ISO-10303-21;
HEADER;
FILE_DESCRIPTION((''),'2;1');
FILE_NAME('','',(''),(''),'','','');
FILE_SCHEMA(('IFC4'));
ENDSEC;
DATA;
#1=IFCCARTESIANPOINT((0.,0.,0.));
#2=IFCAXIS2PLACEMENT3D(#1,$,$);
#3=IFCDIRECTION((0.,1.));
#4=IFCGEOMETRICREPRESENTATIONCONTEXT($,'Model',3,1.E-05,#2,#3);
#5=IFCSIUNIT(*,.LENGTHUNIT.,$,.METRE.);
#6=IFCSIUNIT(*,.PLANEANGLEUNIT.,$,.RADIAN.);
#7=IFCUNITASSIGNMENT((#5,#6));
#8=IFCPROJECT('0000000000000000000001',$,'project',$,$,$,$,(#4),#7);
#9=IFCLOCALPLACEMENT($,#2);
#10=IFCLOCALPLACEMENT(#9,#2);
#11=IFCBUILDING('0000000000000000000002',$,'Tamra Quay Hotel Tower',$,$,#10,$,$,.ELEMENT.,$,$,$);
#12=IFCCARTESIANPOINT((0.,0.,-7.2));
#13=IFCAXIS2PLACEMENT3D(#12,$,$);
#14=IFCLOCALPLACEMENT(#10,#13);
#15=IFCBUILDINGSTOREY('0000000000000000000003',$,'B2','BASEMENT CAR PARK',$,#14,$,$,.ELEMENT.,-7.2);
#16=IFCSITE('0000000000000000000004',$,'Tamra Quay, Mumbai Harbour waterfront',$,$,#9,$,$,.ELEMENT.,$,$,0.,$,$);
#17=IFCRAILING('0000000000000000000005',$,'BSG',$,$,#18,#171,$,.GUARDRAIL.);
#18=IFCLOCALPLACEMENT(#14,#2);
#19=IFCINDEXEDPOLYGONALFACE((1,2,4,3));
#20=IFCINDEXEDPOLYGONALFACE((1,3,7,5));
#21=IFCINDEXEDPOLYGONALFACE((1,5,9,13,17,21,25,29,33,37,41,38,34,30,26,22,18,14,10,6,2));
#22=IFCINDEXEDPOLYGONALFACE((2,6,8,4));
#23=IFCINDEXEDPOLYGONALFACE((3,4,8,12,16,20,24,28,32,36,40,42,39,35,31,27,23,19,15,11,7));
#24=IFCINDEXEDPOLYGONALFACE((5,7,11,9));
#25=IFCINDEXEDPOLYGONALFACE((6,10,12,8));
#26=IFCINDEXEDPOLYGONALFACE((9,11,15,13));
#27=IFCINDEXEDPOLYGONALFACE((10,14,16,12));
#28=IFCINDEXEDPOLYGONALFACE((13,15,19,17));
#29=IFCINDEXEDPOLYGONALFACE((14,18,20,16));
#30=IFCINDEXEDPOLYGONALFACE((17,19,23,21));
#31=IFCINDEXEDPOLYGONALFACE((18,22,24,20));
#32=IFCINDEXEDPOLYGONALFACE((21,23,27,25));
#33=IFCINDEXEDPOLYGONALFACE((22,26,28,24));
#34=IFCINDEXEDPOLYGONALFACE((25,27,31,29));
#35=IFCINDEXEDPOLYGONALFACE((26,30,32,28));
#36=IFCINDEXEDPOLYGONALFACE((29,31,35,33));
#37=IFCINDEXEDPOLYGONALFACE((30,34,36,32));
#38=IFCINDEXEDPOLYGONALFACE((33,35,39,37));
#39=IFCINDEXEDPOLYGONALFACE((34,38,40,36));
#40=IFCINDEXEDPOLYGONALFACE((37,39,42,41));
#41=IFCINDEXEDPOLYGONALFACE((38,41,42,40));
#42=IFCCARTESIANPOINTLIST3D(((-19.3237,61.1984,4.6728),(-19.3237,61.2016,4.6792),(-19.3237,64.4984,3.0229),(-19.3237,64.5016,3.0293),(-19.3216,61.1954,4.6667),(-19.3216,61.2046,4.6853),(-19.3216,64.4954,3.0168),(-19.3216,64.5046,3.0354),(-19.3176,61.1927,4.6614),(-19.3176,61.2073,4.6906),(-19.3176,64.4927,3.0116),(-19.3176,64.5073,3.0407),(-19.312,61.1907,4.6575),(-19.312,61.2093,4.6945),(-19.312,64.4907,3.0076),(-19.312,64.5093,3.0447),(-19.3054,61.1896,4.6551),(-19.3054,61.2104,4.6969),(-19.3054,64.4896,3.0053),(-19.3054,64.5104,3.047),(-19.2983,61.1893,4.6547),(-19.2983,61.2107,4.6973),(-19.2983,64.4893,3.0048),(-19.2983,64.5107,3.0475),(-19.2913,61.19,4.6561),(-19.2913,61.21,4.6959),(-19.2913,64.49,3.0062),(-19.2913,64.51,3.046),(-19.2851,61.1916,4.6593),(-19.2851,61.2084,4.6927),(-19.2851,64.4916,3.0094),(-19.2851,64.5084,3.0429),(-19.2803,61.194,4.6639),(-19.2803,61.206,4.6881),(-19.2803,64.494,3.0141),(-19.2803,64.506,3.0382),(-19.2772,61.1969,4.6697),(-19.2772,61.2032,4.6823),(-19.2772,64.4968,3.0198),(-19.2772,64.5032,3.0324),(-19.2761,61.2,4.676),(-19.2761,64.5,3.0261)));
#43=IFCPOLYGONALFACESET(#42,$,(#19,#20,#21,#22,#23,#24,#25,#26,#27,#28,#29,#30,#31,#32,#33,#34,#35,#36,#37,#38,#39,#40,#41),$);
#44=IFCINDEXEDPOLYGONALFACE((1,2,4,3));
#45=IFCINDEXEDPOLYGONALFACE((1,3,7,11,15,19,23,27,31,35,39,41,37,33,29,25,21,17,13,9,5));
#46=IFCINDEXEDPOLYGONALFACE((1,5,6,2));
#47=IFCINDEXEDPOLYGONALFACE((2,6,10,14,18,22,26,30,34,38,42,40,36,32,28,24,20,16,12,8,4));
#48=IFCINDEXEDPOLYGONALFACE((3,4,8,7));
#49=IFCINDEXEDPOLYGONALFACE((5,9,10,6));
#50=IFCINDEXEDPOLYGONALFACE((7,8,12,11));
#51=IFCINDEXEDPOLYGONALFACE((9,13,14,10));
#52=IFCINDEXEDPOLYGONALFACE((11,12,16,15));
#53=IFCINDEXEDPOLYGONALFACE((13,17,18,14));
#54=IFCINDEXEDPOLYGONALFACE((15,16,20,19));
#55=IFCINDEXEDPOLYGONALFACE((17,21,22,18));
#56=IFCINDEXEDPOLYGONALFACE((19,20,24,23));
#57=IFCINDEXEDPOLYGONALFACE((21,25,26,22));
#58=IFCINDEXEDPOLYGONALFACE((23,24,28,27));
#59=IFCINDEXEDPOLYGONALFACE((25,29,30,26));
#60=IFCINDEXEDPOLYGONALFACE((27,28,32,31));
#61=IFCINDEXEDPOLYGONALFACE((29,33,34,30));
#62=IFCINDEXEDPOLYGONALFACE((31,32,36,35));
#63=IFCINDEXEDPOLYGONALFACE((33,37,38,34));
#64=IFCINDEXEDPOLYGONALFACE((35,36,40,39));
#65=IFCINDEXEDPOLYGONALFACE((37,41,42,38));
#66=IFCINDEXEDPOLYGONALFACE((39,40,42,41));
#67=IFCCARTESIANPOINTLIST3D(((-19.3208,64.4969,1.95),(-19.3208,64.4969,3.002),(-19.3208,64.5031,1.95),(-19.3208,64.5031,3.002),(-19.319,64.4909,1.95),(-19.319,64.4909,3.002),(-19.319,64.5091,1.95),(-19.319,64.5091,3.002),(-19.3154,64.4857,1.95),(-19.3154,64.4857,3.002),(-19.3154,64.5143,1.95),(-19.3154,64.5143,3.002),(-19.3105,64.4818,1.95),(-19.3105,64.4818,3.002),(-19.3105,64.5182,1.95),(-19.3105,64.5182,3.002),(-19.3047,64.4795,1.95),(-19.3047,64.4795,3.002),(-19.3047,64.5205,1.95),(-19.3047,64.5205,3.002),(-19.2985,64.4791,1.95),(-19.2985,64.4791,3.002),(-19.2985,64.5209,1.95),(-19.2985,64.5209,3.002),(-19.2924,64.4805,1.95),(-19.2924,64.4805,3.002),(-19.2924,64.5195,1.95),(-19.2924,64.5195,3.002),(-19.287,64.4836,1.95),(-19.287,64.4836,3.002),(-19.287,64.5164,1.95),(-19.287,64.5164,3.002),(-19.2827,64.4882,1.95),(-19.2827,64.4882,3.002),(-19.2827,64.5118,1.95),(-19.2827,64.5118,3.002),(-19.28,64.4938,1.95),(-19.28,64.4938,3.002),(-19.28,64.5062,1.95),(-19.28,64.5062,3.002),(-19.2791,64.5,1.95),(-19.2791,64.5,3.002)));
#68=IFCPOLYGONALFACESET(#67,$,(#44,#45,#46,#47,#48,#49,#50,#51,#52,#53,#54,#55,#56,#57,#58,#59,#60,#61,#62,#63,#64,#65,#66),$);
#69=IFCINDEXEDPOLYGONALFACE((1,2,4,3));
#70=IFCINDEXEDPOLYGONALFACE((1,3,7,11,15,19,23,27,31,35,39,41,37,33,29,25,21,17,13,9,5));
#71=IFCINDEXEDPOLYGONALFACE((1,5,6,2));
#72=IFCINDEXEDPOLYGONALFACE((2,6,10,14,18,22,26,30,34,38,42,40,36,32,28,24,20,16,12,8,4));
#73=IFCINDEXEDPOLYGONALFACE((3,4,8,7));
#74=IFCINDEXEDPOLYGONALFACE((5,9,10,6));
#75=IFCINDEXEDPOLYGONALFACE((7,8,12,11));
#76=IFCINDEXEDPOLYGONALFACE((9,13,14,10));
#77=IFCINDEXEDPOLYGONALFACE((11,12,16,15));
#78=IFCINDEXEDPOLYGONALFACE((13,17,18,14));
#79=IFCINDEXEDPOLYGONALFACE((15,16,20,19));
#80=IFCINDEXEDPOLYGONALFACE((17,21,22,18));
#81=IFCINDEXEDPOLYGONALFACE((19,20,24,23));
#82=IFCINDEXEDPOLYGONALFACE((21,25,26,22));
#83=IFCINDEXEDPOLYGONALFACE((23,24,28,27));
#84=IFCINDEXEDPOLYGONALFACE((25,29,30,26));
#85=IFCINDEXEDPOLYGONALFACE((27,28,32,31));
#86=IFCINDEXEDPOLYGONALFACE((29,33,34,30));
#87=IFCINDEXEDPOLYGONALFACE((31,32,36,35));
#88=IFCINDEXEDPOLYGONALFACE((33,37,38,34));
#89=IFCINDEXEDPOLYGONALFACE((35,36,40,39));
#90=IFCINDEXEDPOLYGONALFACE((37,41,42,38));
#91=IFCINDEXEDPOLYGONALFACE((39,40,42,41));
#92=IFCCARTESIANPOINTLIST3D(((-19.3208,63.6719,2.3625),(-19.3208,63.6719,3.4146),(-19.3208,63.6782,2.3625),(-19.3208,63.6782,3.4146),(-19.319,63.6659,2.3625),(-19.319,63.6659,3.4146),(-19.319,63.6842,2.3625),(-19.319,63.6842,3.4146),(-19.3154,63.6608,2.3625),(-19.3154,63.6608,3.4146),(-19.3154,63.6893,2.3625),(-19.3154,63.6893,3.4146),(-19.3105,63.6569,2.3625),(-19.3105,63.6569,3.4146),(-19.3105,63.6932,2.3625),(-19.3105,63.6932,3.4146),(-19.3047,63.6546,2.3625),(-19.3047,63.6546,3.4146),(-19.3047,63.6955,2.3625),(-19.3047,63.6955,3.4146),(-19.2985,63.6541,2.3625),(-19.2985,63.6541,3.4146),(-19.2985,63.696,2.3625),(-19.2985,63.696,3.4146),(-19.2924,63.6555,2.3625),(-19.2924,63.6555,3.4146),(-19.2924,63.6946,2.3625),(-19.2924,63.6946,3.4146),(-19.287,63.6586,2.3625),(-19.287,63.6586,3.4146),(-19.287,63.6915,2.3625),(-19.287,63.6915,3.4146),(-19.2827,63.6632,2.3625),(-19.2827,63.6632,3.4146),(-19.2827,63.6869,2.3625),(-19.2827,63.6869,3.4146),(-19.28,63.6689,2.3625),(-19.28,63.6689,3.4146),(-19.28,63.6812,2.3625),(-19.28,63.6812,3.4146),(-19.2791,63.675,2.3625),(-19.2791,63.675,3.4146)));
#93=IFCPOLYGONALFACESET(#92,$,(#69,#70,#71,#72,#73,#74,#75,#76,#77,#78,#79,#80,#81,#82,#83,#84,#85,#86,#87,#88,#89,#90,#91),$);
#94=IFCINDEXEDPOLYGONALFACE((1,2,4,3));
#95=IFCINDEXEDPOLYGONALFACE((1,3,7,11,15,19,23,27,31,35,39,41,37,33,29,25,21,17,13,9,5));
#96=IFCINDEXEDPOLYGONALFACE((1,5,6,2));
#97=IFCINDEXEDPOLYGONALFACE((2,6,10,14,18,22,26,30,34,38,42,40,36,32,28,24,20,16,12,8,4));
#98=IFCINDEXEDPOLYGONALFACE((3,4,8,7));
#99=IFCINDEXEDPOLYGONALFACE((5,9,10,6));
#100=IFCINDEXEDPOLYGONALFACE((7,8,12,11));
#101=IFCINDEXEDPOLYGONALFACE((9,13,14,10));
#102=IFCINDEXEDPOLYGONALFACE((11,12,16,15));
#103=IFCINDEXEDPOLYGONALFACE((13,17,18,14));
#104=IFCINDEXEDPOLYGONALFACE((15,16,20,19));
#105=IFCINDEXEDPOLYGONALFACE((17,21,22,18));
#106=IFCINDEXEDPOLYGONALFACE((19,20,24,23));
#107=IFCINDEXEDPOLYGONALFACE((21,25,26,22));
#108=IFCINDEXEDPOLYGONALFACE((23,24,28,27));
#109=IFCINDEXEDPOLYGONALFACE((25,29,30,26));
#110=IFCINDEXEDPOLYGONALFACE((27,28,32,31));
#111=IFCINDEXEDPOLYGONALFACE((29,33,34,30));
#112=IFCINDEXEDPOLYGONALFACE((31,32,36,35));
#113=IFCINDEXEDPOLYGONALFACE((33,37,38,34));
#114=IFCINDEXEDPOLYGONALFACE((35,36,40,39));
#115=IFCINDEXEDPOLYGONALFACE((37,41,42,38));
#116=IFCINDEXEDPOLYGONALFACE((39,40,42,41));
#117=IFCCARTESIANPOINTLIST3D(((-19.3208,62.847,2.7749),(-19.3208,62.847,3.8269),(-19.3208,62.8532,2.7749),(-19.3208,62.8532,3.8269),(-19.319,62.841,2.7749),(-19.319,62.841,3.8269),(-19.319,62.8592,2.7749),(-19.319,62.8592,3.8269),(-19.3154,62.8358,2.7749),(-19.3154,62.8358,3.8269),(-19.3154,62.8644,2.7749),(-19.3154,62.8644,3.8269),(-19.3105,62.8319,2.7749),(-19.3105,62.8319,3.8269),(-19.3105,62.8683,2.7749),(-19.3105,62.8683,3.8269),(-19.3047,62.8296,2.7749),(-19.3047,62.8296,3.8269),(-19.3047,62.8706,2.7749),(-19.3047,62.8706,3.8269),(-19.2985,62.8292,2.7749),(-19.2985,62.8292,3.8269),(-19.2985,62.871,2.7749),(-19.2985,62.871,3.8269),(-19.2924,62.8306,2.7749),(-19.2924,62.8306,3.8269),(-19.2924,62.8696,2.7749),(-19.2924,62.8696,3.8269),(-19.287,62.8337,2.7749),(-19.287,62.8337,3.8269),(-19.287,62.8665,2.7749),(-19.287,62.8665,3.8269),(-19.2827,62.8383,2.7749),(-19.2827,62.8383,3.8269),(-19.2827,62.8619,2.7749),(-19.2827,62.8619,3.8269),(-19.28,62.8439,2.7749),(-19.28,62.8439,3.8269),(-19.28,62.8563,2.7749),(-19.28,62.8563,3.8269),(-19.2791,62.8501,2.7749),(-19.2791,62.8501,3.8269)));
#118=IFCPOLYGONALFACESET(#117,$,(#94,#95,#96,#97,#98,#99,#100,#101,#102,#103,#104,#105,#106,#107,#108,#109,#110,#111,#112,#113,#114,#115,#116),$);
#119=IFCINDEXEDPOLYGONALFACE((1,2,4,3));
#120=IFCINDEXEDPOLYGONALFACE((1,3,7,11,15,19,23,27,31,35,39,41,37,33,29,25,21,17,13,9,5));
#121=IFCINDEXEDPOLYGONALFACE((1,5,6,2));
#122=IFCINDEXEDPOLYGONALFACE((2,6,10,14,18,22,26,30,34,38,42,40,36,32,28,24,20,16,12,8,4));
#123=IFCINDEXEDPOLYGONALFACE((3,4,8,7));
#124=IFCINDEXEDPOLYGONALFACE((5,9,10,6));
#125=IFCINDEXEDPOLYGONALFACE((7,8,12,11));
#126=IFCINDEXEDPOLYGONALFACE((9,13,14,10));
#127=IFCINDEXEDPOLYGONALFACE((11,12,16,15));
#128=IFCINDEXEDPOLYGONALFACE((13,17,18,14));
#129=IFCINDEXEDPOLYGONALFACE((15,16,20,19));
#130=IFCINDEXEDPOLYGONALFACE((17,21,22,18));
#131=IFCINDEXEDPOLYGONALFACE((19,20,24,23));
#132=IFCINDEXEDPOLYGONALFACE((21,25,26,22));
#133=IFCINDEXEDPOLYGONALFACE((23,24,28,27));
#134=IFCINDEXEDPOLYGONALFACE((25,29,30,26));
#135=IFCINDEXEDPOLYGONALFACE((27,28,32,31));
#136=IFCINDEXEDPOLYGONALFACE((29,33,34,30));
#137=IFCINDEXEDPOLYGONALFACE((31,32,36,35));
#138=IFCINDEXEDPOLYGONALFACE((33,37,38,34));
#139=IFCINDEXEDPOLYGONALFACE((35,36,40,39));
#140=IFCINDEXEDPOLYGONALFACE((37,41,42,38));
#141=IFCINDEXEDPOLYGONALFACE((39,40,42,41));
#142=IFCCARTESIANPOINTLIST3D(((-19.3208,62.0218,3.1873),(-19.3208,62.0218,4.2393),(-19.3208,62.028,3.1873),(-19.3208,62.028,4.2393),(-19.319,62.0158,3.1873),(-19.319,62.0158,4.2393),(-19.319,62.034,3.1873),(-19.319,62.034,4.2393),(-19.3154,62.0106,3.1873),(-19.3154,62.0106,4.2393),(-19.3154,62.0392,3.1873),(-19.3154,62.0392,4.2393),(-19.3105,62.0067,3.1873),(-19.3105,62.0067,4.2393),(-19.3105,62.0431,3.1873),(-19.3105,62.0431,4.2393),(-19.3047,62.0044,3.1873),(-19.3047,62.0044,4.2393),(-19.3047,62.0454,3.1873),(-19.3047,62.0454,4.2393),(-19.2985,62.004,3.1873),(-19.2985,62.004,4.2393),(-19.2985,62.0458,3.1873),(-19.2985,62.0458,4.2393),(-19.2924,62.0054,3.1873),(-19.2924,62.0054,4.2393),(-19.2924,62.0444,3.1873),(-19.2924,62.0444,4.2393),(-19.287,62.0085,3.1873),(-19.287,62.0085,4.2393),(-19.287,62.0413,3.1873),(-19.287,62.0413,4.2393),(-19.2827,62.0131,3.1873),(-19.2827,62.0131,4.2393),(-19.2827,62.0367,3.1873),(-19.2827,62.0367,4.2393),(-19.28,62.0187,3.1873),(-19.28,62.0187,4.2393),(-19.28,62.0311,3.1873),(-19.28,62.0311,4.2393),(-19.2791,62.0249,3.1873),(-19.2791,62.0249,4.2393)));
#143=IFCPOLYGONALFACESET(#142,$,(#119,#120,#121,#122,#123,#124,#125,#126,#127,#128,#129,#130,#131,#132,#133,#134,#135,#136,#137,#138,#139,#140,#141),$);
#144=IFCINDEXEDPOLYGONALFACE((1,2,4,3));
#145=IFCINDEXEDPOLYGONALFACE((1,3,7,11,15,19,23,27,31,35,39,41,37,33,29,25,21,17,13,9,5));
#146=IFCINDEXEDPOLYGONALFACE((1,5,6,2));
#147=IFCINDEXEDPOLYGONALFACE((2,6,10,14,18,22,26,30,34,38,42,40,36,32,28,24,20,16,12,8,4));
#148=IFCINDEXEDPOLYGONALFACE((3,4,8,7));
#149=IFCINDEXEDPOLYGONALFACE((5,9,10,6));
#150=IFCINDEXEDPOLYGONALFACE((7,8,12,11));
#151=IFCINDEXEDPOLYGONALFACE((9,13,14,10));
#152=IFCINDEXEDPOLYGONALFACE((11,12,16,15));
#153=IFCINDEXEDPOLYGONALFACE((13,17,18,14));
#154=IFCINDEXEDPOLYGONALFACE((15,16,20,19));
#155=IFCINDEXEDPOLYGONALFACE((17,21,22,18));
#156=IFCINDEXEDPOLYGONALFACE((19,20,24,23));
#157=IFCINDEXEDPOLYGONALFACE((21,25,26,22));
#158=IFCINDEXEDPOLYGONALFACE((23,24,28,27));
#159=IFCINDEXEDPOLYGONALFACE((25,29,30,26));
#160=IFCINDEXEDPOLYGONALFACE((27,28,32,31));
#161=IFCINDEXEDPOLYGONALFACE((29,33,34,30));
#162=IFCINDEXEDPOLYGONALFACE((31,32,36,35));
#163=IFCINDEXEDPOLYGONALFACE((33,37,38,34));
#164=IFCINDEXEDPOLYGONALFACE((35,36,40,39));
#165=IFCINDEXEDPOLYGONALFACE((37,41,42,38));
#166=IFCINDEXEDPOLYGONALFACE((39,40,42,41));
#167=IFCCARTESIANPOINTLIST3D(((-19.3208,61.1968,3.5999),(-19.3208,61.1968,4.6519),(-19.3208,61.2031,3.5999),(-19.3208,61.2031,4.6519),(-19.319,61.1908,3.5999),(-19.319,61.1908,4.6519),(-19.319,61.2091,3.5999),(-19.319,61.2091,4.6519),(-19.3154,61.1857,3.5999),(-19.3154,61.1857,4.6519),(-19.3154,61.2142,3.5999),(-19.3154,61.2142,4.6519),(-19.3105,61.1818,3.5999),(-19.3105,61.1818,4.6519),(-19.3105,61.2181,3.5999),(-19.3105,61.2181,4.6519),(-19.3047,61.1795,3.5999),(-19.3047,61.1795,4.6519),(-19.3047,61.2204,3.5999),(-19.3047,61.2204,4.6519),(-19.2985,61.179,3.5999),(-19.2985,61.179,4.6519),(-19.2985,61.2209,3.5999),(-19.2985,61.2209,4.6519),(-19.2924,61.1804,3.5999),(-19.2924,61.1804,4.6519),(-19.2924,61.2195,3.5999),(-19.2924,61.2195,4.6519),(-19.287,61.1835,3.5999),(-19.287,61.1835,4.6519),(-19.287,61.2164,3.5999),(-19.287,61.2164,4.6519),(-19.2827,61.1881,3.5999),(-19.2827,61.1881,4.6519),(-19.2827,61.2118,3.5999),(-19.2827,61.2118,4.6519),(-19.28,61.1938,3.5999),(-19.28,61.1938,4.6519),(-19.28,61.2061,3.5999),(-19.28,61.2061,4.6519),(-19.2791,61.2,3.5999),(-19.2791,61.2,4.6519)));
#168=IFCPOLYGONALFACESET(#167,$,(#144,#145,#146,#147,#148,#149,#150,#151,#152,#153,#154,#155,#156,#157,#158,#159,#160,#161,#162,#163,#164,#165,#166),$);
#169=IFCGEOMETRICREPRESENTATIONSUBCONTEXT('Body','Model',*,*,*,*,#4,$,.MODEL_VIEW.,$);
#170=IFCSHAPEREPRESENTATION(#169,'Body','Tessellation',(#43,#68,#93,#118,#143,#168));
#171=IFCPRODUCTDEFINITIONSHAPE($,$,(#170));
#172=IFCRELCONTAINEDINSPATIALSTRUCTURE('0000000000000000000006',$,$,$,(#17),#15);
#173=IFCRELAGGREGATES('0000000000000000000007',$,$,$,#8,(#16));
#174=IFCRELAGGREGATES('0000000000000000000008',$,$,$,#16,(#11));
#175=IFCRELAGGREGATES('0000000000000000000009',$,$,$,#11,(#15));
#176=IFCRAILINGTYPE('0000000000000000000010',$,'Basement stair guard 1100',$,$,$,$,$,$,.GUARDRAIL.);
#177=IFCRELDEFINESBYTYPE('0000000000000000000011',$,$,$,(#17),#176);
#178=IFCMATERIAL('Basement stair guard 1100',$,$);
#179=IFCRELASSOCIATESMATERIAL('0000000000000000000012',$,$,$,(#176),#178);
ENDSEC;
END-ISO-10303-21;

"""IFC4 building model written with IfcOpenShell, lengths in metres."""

from ifc_helpers import new_model, si_unit, direction, frame, origin, origin_2d, place, context, subcontext, project, spatial, circle, extrude, material, type_object, element, save


model = new_model("IFC4")

# Units and contexts
model_context = context("Model", 3, precision=1e-05, world=origin(), true_north=direction((0.0, 1.0)))
body_context = subcontext(model_context, "Body", "Model", "MODEL_VIEW")
ifc_project = project(units=[si_unit("LENGTHUNIT", "METRE"), si_unit("PLANEANGLEUNIT", "RADIAN")], contexts=[model_context])

# Site, building, storey
site_placement = place(None, origin())
site = spatial("IfcSite", under=ifc_project, at=site_placement, Name="Tamra Quay, Mumbai Harbour waterfront", CompositionType="ELEMENT", RefElevation=0.0)
building_placement = place(site_placement, origin())
building = spatial("IfcBuilding", under=site, at=building_placement, Name="Tamra Quay Hotel Tower", CompositionType="ELEMENT")
storey_placement = place(building_placement, frame((0.0, 0.0, -7.2)))
storey = spatial("IfcBuildingStorey", under=building, at=storey_placement, Name="B2", Description="BASEMENT CAR PARK", CompositionType="ELEMENT", Elevation=-7.2)

# Railing
ifc_material_1 = material(Name="Basement stair guard 1100")
railing_type_1 = type_object("IfcRailingType", Name="Basement stair guard 1100", PredefinedType="GUARDRAIL", material=ifc_material_1)
railing_1_placement = place(storey_placement, frame((-19.3, 64.5, 1.95)))
element("IfcRailing", 1, at=railing_1_placement, inside=storey, type_object=railing_type_1, Name="BSG", PredefinedType="GUARDRAIL", context=body_context, shape_type="SweptSolid", body=[
    extrude(circle(Radius=0.0239, at=origin_2d()), frame((0.0, 0.0, 1.0762), z_axis=(0.0, -0.89444, 0.447187), x_axis=(1.0, 0.0, 0.0)), (0.0, 0.0, 1.0), 3.6895),
    extrude(circle(Radius=0.021, at=origin_2d()), origin(), (0.0, 0.0, 1.0), 1.052),
    extrude(circle(Radius=0.021, at=origin_2d()), frame((0.0, -0.825, 0.4126)), (0.0, 0.0, 1.0), 1.052),
    extrude(circle(Radius=0.021, at=origin_2d()), frame((0.0, -1.6499, 0.825)), (0.0, 0.0, 1.0), 1.052),
    extrude(circle(Radius=0.021, at=origin_2d()), frame((0.0, -2.4751, 1.2373)), (0.0, 0.0, 1.0), 1.052),
    extrude(circle(Radius=0.021, at=origin_2d()), frame((0.0, -3.3, 1.6499)), (0.0, 0.0, 1.0), 1.052),
])

save(model, "model.ifc")
